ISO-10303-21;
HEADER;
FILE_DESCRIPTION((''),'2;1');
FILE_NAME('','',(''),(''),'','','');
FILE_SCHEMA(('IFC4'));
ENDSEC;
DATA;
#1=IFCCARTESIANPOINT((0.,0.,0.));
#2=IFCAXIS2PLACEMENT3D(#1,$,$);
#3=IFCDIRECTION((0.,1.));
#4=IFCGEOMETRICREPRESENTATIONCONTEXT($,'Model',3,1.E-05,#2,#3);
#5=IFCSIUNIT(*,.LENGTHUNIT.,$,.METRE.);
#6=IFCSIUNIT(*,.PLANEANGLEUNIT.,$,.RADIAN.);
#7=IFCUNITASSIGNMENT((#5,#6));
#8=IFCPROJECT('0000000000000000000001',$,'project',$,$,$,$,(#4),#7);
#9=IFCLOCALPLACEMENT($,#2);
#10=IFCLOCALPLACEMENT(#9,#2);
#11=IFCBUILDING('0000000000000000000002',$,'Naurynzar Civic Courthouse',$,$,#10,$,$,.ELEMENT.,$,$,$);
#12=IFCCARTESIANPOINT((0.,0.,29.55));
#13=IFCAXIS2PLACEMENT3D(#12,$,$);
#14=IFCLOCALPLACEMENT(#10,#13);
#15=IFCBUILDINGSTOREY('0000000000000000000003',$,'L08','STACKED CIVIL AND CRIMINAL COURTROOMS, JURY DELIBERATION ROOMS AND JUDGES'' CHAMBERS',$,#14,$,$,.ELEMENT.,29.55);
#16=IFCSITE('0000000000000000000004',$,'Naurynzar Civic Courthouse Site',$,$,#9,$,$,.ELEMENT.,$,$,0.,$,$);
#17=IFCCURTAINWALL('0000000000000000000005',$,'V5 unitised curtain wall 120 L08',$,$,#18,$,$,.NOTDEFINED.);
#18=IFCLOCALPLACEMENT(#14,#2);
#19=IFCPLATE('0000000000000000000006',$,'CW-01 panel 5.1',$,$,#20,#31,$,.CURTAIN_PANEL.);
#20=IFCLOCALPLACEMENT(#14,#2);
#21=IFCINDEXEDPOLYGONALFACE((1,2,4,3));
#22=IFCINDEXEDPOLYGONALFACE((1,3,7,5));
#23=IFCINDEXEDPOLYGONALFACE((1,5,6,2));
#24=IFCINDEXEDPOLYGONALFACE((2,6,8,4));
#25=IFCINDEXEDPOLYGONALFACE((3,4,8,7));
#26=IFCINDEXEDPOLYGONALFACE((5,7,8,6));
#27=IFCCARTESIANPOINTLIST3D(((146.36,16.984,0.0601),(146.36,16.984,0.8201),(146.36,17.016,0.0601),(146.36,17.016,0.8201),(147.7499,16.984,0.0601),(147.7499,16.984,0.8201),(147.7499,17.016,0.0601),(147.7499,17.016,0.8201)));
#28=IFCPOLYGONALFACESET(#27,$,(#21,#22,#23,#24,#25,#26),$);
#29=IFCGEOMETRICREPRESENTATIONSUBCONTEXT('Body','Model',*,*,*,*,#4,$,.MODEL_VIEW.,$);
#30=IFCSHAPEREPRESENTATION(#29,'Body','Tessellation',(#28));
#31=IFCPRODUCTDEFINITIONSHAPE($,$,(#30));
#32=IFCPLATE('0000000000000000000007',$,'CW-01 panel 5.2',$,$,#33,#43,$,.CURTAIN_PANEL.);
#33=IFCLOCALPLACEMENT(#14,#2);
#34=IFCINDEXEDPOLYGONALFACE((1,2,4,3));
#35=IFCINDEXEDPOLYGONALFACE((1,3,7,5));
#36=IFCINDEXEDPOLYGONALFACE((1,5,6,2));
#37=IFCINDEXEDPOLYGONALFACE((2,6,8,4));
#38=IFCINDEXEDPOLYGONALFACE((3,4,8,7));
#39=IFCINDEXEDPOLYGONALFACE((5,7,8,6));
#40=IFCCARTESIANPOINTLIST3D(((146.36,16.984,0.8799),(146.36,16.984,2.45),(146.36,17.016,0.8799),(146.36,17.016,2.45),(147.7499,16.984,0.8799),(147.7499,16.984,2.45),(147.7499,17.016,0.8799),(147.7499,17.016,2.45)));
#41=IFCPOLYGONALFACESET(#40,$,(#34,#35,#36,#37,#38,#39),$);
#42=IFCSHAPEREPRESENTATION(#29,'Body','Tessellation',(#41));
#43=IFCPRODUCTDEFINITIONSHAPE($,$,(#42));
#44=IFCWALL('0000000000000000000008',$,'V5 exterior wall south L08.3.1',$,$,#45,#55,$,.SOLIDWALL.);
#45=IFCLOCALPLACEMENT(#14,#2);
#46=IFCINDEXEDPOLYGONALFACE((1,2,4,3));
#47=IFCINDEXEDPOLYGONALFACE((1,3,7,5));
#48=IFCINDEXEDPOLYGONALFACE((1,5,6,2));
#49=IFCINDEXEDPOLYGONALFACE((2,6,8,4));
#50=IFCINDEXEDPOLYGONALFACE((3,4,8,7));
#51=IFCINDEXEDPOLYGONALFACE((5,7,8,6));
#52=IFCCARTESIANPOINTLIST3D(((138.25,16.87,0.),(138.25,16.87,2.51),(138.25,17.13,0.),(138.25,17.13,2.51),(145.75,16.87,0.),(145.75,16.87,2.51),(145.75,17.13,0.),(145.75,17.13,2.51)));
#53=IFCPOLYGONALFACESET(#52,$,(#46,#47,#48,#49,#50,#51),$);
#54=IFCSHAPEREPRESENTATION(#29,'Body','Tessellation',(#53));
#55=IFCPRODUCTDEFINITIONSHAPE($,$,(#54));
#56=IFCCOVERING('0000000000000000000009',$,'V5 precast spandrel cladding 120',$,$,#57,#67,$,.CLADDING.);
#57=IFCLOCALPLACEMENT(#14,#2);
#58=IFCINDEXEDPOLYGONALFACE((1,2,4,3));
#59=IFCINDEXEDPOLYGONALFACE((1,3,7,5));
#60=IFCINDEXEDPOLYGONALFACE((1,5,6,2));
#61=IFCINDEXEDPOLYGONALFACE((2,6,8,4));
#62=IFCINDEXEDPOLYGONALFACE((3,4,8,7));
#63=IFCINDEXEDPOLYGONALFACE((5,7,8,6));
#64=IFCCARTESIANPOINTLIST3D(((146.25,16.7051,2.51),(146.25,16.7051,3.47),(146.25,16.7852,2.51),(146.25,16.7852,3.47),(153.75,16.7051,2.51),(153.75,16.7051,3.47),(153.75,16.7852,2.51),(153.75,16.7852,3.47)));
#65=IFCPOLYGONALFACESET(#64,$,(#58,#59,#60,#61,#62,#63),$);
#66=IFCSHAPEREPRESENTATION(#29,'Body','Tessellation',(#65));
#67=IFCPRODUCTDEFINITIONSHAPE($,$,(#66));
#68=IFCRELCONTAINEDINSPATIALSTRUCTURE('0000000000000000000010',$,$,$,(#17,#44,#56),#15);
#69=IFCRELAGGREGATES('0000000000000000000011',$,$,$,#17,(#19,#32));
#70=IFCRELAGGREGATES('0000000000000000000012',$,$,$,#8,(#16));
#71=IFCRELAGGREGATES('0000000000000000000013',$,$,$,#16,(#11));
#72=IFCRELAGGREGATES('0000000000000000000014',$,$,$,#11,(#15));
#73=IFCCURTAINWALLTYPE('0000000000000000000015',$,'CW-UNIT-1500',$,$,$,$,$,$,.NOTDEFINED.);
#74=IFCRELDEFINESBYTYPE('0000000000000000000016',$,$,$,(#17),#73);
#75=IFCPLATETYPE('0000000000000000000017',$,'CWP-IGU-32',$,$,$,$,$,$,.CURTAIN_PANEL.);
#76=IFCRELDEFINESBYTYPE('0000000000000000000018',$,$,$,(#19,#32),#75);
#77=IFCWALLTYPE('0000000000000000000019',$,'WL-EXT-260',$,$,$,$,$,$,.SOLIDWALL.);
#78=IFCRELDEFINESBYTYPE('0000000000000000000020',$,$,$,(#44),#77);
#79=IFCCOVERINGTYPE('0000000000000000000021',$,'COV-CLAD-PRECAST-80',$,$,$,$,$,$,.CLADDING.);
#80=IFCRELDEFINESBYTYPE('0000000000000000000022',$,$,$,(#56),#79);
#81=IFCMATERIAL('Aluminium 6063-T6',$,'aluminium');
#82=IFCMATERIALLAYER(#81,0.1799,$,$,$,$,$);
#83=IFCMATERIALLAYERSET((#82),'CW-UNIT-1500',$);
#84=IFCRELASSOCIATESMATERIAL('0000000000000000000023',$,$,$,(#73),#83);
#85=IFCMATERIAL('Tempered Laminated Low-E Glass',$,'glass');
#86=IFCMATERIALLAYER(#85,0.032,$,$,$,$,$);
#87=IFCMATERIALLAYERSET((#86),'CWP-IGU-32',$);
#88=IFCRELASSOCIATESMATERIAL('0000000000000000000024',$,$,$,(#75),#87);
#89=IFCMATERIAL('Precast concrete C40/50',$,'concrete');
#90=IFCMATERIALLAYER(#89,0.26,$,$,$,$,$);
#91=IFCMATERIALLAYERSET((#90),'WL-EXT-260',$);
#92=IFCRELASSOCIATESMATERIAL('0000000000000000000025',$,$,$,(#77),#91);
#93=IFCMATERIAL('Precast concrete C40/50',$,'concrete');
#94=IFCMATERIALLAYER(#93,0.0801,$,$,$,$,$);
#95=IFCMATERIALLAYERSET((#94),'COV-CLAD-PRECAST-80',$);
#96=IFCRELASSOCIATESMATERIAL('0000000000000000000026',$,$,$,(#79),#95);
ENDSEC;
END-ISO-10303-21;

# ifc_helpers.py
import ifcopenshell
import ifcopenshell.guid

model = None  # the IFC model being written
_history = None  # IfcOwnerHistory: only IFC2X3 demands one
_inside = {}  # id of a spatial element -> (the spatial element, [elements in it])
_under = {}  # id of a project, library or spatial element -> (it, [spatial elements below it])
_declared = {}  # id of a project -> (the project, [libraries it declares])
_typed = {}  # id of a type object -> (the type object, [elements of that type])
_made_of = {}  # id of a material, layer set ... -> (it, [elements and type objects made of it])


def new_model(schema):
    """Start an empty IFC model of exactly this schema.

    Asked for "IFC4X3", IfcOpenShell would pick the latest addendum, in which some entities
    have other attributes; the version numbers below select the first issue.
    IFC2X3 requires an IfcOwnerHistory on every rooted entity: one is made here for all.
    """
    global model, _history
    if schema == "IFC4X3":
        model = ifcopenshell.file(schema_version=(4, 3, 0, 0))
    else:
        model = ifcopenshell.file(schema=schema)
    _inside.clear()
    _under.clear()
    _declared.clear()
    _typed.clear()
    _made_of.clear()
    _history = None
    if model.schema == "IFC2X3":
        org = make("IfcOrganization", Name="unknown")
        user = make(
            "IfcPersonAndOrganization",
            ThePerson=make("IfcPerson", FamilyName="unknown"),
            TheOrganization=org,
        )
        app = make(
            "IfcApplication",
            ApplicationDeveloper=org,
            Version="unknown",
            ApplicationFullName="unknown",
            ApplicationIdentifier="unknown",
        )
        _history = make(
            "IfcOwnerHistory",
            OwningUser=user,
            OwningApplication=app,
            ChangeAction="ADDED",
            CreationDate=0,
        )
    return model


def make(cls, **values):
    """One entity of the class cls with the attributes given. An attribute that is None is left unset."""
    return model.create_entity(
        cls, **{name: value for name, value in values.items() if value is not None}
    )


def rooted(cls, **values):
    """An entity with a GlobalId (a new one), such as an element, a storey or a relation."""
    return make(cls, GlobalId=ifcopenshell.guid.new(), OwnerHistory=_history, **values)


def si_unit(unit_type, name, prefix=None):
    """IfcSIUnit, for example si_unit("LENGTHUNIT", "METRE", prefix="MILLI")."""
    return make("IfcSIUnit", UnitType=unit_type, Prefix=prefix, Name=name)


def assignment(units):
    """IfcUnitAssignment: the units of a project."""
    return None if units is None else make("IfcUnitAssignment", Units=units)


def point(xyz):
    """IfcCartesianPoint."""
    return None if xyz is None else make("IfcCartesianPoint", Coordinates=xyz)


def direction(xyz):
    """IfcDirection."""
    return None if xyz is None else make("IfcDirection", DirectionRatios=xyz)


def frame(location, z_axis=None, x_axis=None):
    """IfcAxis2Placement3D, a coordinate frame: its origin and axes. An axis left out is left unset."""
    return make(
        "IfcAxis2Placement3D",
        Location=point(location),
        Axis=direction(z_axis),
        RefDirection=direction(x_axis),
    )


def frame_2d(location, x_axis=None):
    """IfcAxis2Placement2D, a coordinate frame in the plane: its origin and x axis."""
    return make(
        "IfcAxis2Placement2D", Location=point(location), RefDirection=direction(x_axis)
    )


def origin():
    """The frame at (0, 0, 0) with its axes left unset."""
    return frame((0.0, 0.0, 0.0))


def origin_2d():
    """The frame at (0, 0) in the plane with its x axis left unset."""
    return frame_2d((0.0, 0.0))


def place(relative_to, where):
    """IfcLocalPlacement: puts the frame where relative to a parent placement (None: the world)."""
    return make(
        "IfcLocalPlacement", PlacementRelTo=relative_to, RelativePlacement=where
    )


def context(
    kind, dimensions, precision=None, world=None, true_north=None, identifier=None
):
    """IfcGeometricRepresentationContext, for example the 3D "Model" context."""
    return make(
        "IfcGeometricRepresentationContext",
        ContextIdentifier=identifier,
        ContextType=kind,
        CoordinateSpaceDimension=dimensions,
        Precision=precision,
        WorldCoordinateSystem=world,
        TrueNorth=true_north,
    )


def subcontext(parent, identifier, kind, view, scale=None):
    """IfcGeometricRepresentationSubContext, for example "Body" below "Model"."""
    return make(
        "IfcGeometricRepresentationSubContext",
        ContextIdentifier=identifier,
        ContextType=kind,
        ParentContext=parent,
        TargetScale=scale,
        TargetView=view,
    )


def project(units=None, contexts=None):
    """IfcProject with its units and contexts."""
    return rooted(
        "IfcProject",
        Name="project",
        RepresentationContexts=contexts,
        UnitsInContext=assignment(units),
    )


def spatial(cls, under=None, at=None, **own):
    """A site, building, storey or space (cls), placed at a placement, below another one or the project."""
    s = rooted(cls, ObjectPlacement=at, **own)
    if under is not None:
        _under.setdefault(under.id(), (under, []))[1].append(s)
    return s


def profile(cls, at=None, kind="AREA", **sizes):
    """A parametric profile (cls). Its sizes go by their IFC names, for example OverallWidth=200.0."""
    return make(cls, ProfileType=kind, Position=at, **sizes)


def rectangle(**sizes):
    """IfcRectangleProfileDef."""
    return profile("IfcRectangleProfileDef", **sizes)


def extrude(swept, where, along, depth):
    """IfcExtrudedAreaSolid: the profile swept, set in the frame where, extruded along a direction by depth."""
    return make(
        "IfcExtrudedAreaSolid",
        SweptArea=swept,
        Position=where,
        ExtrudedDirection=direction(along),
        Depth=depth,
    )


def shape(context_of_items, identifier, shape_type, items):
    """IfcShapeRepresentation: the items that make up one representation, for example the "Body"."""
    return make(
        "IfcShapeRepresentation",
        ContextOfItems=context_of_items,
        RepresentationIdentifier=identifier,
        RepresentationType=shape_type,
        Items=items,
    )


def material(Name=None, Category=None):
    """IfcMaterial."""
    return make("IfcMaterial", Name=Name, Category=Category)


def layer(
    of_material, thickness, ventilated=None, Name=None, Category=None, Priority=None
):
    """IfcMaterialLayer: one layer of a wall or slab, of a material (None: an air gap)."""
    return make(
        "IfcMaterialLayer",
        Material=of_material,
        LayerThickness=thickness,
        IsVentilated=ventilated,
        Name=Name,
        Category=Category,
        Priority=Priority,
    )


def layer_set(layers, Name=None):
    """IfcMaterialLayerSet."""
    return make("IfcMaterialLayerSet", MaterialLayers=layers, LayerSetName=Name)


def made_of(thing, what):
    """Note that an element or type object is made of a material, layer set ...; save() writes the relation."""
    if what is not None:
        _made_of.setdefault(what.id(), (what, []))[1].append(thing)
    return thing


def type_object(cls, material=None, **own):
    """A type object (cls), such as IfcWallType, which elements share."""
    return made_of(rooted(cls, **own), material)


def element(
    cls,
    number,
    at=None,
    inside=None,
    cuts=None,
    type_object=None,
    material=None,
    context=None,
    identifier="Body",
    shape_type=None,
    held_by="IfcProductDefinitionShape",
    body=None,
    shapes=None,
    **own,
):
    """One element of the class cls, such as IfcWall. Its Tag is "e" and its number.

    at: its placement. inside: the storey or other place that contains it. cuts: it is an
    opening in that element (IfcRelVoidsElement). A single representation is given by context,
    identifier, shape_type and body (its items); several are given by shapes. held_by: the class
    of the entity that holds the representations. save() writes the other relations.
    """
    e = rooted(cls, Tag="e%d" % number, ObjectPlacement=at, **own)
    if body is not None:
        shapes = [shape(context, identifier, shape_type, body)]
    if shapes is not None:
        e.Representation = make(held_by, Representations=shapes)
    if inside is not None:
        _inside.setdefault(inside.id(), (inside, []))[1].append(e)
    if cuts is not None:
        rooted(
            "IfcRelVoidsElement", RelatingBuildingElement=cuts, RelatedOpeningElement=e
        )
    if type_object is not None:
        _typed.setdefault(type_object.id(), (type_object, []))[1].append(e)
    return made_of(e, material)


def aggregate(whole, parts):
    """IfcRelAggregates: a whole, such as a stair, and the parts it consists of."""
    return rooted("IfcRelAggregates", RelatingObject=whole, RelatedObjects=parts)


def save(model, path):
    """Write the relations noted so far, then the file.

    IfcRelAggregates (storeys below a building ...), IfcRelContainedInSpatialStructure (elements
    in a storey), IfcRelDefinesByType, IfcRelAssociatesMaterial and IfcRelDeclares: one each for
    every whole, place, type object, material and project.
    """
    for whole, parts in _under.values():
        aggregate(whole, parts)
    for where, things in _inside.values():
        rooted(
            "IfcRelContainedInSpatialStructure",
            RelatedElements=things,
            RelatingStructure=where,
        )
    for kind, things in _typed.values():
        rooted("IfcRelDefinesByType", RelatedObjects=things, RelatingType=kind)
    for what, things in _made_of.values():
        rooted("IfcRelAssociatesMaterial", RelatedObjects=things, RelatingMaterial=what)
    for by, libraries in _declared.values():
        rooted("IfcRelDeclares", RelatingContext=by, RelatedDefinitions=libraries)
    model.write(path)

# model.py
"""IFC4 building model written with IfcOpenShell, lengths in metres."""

from ifc_helpers import new_model, si_unit, direction, frame, frame_2d, origin, origin_2d, place, context, subcontext, project, spatial, rectangle, extrude, material, layer, layer_set, type_object, element, aggregate, save


model = new_model("IFC4")

# Units and contexts
model_context = context("Model", 3, precision=1e-05, world=origin(), true_north=direction((0.0, 1.0)))
body_context = subcontext(model_context, "Body", "Model", "MODEL_VIEW")
ifc_project = project(units=[si_unit("LENGTHUNIT", "METRE"), si_unit("PLANEANGLEUNIT", "RADIAN")], contexts=[model_context])

# Site, building, storey
site_placement = place(None, origin())
site = spatial("IfcSite", under=ifc_project, at=site_placement, Name="Naurynzar Civic Courthouse Site", CompositionType="ELEMENT", RefElevation=0.0)
building_placement = place(site_placement, origin())
building = spatial("IfcBuilding", under=site, at=building_placement, Name="Naurynzar Civic Courthouse", CompositionType="ELEMENT")
storey_placement = place(building_placement, frame((0.0, 0.0, 29.55)))
storey = spatial("IfcBuildingStorey", under=building, at=storey_placement, Name="L08", Description="STACKED CIVIL AND CRIMINAL COURTROOMS, JURY DELIBERATION ROOMS AND JUDGES' CHAMBERS", CompositionType="ELEMENT", Elevation=29.55)

# Curtain wall, plates
ifc_material_1 = material(Name="Aluminium 6063-T6", Category="aluminium")
ifc_layer_1 = layer(ifc_material_1, 0.1799)
ifc_layer_set_1 = layer_set([ifc_layer_1], Name="CW-UNIT-1500")
curtain_wall_type = type_object("IfcCurtainWallType", Name="CW-UNIT-1500", PredefinedType="NOTDEFINED", material=ifc_layer_set_1)
curtain_wall_placement = place(storey_placement, origin())
curtain_wall = element("IfcCurtainWall", 1, at=curtain_wall_placement, inside=storey, type_object=curtain_wall_type, Name="V5 unitised curtain wall 120 L08", PredefinedType="NOTDEFINED")
ifc_material_2 = material(Name="Tempered Laminated Low-E Glass", Category="glass")
ifc_layer_2 = layer(ifc_material_2, 0.032)
ifc_layer_set_2 = layer_set([ifc_layer_2], Name="CWP-IGU-32")
plate_type = type_object("IfcPlateType", Name="CWP-IGU-32", PredefinedType="CURTAIN_PANEL", material=ifc_layer_set_2)
plate_1_placement = place(storey_placement, frame((147.0549, 17.0, 0.0601), z_axis=(0.0, 0.0, 1.0), x_axis=(-1.0, 0.0, 0.0)))
plate_1 = element("IfcPlate", 2, at=plate_1_placement, type_object=plate_type, Name="CW-01 panel 5.1", PredefinedType="CURTAIN_PANEL", context=body_context, shape_type="SweptSolid", body=[
    extrude(rectangle(XDim=1.3899, YDim=0.032, at=origin_2d()), origin(), (0.0, 0.0, 1.0), 0.76),
])
plate_2_placement = place(storey_placement, frame((147.0549, 17.0, 0.8799), z_axis=(0.0, 0.0, 1.0), x_axis=(-1.0, 0.0, 0.0)))
plate_2 = element("IfcPlate", 3, at=plate_2_placement, type_object=plate_type, Name="CW-01 panel 5.2", PredefinedType="CURTAIN_PANEL", context=body_context, shape_type="SweptSolid", body=[
    extrude(rectangle(XDim=1.3899, YDim=0.032, at=origin_2d()), origin(), (0.0, 0.0, 1.0), 1.5701),
])
aggregate(curtain_wall, [plate_1, plate_2])

# Wall
ifc_material_3 = material(Name="Precast concrete C40/50", Category="concrete")
ifc_layer_3 = layer(ifc_material_3, 0.26)
ifc_layer_set_3 = layer_set([ifc_layer_3], Name="WL-EXT-260")
wall_type = type_object("IfcWallType", Name="WL-EXT-260", PredefinedType="SOLIDWALL", material=ifc_layer_set_3)
wall_placement = place(storey_placement, frame((145.75, 17.0, 0.0), z_axis=(0.0, 0.0, 1.0), x_axis=(-1.0, 0.0, 0.0)))
element("IfcWall", 4, at=wall_placement, inside=storey, type_object=wall_type, Name="V5 exterior wall south L08.3.1", PredefinedType="SOLIDWALL", context=body_context, shape_type="SweptSolid", body=[
    extrude(rectangle(XDim=7.5, YDim=0.26, at=frame_2d((3.75, 0.0))), origin(), (0.0, 0.0, 1.0), 2.51),
])

# Covering
ifc_material_4 = material(Name="Precast concrete C40/50", Category="concrete")
ifc_layer_4 = layer(ifc_material_4, 0.0801)
ifc_layer_set_4 = layer_set([ifc_layer_4], Name="COV-CLAD-PRECAST-80")
covering_type = type_object("IfcCoveringType", Name="COV-CLAD-PRECAST-80", PredefinedType="CLADDING", material=ifc_layer_set_4)
covering_placement = place(storey_placement, frame((150.0, 16.7451, 2.51), z_axis=(0.0, 0.0, 1.0), x_axis=(-1.0, 0.0, 0.0)))
element("IfcCovering", 5, at=covering_placement, inside=storey, type_object=covering_type, Name="V5 precast spandrel cladding 120", PredefinedType="CLADDING", context=body_context, shape_type="SweptSolid", body=[
    extrude(rectangle(XDim=7.5, YDim=0.0801, at=origin_2d()), origin(), (0.0, 0.0, 1.0), 0.96),
])

save(model, "model.ifc")
